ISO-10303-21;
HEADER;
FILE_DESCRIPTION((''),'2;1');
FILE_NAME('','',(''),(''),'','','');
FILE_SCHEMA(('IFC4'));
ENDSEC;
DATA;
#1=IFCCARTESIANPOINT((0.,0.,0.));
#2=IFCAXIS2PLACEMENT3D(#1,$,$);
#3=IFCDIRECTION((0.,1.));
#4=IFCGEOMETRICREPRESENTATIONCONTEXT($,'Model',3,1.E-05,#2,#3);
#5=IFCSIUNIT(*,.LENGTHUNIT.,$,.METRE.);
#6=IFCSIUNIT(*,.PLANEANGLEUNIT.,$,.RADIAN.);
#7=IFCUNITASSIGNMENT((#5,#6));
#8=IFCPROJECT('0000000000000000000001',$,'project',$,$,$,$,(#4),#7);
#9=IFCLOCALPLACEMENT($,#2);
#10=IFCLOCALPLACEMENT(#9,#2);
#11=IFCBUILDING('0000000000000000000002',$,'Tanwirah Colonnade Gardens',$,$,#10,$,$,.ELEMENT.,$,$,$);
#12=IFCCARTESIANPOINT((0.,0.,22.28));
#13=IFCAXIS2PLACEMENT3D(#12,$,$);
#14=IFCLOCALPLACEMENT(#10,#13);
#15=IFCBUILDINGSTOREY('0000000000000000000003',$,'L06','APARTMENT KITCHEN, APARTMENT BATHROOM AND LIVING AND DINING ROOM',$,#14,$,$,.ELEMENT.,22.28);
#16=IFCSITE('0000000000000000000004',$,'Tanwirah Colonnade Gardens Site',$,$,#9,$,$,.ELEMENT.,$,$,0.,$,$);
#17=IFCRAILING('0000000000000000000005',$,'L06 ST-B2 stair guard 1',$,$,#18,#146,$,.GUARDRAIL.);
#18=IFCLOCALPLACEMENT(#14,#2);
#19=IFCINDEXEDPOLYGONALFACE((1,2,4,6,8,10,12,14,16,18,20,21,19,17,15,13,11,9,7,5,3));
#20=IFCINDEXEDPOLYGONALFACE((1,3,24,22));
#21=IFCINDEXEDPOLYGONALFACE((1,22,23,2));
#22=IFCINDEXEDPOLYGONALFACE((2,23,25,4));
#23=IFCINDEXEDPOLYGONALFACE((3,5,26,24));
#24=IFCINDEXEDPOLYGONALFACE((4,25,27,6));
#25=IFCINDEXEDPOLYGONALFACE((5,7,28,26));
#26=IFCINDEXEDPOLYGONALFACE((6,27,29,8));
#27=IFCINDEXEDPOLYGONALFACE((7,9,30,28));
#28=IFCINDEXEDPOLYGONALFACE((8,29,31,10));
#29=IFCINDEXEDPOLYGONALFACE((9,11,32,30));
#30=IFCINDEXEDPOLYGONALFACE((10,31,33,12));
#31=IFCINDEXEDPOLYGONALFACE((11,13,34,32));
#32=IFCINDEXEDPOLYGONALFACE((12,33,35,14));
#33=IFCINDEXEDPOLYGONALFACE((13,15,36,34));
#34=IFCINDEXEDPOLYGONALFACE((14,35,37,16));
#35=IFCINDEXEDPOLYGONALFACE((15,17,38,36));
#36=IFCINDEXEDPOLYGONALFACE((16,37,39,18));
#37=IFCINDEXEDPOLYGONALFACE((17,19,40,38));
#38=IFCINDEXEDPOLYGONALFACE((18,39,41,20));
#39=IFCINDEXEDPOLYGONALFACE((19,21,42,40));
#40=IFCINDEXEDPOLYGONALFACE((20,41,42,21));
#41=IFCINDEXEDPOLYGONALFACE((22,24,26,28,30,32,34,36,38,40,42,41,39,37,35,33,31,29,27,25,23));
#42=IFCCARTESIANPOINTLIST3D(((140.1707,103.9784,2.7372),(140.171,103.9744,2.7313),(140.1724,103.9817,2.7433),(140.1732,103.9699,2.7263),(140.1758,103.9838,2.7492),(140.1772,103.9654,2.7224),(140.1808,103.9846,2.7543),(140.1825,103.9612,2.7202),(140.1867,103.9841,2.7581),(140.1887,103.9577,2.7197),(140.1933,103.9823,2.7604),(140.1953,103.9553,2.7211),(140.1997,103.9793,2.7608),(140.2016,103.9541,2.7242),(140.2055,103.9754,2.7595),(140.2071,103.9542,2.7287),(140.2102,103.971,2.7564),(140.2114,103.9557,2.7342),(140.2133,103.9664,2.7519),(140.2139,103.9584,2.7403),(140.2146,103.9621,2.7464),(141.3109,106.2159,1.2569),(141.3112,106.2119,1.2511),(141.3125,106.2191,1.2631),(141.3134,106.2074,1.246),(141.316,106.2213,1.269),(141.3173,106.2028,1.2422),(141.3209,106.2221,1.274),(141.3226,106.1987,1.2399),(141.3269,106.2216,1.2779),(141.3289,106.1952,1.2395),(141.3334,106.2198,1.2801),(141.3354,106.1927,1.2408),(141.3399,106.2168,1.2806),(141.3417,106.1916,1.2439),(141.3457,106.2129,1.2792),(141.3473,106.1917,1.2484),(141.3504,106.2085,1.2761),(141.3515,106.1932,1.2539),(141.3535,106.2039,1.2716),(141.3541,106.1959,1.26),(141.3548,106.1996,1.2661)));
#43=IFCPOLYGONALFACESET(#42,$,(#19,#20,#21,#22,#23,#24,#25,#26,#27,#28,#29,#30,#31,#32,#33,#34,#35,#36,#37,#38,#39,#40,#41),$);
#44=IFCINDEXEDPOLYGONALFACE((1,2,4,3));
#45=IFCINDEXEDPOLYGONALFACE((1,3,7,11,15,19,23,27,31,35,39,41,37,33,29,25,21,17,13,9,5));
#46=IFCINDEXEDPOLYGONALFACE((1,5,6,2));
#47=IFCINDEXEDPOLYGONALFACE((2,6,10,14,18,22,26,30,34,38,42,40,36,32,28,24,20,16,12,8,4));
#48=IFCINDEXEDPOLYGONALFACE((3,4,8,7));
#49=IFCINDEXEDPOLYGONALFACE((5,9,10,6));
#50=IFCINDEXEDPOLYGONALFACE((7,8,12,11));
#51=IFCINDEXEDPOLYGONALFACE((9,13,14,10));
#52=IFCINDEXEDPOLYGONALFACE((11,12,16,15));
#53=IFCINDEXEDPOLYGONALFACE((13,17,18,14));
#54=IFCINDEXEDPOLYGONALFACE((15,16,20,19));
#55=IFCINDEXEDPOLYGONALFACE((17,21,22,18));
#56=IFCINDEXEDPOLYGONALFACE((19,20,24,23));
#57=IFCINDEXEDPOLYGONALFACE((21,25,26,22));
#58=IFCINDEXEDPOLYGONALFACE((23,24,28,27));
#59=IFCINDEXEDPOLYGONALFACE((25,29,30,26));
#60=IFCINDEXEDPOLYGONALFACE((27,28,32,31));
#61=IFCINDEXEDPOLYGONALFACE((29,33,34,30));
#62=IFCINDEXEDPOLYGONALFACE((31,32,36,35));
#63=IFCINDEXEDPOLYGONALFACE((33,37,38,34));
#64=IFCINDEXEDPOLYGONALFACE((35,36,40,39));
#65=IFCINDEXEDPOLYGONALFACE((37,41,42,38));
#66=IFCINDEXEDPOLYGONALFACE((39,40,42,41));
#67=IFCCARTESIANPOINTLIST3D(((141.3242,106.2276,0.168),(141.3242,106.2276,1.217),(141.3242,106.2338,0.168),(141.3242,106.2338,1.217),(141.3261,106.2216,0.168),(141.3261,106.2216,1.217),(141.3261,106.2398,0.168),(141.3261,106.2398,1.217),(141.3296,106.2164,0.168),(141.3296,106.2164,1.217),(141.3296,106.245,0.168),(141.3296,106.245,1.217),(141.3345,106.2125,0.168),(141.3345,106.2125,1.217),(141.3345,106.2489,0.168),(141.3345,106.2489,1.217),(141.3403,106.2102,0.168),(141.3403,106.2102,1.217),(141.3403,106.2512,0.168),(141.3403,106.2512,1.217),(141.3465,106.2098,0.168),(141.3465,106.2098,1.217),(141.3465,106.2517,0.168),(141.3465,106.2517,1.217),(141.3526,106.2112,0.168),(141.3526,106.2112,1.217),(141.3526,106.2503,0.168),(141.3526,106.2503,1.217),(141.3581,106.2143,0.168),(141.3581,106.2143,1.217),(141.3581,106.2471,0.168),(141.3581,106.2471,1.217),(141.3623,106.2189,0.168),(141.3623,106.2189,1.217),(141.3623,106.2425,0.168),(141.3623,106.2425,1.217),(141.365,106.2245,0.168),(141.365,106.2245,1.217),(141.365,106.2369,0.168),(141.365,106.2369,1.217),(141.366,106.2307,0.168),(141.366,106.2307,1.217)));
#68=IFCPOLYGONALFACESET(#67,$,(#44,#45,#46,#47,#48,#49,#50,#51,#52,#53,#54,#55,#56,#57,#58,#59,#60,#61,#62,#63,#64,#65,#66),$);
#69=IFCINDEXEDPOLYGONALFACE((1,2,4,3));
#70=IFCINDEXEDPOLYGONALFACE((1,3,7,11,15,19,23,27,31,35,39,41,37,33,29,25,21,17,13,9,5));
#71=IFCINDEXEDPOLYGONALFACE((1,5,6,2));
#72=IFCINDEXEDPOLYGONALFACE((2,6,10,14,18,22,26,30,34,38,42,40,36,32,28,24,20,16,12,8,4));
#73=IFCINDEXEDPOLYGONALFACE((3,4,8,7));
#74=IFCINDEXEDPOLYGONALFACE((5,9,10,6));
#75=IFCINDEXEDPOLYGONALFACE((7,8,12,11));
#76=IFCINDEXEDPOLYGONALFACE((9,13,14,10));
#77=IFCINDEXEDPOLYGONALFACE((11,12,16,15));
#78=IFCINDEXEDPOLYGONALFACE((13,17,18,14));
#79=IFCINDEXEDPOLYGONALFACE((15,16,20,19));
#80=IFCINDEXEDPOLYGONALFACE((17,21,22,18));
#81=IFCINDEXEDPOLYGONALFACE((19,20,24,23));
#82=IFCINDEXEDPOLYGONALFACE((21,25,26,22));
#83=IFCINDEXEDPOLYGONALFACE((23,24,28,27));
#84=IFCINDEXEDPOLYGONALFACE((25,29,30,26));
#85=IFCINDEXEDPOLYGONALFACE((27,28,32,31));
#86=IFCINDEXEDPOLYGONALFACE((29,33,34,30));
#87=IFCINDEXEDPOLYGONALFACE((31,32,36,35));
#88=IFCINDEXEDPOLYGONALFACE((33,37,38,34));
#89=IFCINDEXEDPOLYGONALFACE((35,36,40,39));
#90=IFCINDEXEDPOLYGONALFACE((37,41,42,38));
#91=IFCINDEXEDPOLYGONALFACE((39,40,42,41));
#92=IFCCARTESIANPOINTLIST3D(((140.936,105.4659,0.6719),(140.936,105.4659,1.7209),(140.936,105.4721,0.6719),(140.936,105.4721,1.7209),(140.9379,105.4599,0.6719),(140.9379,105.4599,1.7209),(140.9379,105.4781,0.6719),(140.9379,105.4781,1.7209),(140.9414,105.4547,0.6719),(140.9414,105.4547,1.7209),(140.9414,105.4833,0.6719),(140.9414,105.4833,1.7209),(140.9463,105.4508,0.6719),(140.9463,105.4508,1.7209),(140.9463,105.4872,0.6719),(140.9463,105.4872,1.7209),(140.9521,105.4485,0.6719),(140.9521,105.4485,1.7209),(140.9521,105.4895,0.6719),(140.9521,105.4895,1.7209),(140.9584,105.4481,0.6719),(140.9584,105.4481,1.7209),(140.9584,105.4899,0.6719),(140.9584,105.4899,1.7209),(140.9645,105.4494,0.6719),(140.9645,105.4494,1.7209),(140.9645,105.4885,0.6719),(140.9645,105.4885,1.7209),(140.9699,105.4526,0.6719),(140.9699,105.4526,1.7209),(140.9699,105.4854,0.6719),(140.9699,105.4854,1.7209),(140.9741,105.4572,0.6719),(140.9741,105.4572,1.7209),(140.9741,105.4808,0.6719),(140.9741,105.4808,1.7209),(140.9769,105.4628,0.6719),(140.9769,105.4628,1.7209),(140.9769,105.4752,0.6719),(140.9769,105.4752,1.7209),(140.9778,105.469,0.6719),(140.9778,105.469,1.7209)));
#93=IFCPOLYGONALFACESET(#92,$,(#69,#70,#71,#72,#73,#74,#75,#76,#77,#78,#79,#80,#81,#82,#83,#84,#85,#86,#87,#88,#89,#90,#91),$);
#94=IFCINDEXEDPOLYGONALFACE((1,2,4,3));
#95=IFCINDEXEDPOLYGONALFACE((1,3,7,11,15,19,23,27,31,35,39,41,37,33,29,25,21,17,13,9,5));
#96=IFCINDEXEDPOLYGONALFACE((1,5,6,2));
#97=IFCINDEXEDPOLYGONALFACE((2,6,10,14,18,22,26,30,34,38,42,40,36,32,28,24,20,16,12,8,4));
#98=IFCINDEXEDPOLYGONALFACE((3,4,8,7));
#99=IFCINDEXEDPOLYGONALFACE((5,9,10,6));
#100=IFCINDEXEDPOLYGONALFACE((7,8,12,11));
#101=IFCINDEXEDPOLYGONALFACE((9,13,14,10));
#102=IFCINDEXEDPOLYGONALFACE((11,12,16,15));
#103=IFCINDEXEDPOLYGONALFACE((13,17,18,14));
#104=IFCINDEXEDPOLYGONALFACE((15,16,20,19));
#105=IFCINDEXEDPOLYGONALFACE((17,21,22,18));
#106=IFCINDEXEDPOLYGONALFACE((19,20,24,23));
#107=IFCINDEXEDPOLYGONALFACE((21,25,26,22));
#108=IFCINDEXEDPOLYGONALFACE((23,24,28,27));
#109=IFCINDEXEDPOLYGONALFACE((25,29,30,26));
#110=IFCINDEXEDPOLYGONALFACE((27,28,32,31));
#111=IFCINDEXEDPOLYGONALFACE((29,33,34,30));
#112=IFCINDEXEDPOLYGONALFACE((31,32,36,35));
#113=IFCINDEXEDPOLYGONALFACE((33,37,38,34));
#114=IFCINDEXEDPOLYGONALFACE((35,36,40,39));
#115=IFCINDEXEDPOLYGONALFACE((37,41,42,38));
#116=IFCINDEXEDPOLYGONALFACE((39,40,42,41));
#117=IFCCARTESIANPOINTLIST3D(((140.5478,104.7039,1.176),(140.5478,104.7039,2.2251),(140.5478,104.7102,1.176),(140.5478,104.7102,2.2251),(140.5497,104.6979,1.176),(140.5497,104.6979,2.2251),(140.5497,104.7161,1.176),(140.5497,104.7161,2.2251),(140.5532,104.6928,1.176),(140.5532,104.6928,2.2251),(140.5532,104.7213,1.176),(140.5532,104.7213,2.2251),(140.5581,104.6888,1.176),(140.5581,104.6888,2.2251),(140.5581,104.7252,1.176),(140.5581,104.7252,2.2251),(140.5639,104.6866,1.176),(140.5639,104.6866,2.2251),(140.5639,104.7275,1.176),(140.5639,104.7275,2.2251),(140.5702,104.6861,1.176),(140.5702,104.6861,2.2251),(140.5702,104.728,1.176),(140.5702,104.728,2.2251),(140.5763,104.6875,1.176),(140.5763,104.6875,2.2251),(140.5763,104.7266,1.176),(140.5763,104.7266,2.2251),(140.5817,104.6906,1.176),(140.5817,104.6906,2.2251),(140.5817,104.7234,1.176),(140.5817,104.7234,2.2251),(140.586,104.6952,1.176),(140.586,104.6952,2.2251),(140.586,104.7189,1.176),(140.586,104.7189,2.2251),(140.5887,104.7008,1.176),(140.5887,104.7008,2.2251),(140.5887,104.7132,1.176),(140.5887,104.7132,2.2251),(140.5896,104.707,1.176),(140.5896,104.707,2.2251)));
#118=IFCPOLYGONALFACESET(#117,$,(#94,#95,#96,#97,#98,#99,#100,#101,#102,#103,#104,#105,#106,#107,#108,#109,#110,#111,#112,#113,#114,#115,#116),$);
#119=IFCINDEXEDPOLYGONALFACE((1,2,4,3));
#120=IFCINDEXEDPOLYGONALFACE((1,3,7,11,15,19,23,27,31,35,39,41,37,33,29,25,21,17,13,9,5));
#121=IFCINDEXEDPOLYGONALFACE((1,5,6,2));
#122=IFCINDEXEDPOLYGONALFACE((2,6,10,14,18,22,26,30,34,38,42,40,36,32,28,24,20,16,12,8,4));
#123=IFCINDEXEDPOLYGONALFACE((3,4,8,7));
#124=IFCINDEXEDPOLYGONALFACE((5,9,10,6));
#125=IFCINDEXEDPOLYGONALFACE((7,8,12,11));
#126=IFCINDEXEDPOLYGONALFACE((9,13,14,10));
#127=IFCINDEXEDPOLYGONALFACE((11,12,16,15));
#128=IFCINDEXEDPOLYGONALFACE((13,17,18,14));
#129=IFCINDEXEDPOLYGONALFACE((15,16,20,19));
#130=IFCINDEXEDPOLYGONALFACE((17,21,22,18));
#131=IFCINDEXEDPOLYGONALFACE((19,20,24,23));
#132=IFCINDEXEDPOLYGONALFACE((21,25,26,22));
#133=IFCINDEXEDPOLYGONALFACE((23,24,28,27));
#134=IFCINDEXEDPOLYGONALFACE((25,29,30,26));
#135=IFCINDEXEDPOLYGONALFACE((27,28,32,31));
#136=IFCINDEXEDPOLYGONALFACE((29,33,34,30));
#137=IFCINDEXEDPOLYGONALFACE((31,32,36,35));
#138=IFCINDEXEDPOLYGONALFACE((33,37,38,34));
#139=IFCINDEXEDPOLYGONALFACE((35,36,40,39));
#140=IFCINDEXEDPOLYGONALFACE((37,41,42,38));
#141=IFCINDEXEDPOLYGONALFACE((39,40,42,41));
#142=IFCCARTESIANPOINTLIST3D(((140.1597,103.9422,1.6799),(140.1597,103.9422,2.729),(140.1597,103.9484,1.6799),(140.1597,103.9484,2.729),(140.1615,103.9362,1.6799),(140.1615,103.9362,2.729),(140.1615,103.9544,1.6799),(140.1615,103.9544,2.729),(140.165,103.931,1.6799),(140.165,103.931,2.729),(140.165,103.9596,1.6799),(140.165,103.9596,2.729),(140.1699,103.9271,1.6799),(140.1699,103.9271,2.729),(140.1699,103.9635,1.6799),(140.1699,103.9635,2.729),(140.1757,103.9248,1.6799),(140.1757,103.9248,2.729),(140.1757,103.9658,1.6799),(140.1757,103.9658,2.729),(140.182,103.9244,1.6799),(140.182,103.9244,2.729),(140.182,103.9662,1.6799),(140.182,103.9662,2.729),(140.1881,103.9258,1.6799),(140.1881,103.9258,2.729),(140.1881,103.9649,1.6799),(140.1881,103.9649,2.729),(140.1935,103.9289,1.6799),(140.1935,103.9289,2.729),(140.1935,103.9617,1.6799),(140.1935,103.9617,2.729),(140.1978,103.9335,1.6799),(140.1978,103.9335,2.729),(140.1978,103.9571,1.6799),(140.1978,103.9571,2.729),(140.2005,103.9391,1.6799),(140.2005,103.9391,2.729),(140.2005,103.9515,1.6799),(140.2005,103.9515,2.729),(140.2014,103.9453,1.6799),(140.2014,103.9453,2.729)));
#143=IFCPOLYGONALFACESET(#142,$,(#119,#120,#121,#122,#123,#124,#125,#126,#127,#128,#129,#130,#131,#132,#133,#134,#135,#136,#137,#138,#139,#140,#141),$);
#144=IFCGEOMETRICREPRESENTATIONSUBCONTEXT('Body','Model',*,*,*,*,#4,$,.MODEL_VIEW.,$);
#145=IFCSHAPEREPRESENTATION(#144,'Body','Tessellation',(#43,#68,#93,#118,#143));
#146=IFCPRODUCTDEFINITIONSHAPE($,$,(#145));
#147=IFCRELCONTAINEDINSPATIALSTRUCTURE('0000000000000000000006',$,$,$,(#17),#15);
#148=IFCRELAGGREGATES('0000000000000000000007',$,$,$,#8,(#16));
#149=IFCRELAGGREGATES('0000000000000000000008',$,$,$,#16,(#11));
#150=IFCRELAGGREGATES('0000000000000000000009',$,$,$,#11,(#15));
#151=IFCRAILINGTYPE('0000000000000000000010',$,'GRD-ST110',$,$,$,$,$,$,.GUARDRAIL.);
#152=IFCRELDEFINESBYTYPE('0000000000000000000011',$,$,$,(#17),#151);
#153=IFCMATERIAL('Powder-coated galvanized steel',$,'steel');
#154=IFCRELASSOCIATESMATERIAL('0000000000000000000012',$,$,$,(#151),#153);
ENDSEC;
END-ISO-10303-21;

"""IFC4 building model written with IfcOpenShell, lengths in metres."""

from ifc_helpers import new_model, si_unit, direction, frame, origin, origin_2d, place, context, subcontext, project, spatial, circle, extrude, material, type_object, element, save


model = new_model("IFC4")

# Units and contexts
model_context = context("Model", 3, precision=1e-05, world=origin(), true_north=direction((0.0, 1.0)))
body_context = subcontext(model_context, "Body", "Model", "MODEL_VIEW")
ifc_project = project(units=[si_unit("LENGTHUNIT", "METRE"), si_unit("PLANEANGLEUNIT", "RADIAN")], contexts=[model_context])

# Site, building, storey
site_placement = place(None, origin())
site = spatial("IfcSite", under=ifc_project, at=site_placement, Name="Tanwirah Colonnade Gardens Site", CompositionType="ELEMENT", RefElevation=0.0)
building_placement = place(site_placement, origin())
building = spatial("IfcBuilding", under=site, at=building_placement, Name="Tanwirah Colonnade Gardens", CompositionType="ELEMENT")
storey_placement = place(building_placement, frame((0.0, 0.0, 22.28)))
storey = spatial("IfcBuildingStorey", under=building, at=storey_placement, Name="L06", Description="APARTMENT KITCHEN, APARTMENT BATHROOM AND LIVING AND DINING ROOM", CompositionType="ELEMENT", Elevation=22.28)

# Railing
ifc_material_1 = material(Name="Powder-coated galvanized steel", Category="steel")
railing_type_1 = type_object("IfcRailingType", Name="GRD-ST110", PredefinedType="GUARDRAIL", material=ifc_material_1)
railing_1_placement = place(storey_placement, frame((141.345, 106.2307, 0.168)))
element("IfcRailing", 1, at=railing_1_placement, inside=storey, type_object=railing_type_1, Name="L06 ST-B2 stair guard 1", PredefinedType="GUARDRAIL", context=body_context, shape_type="SweptSolid", body=[
    extrude(circle(Radius=0.0239, at=origin_2d()), frame((-0.0122, -0.0239, 1.092), z_axis=(-0.391122, -0.767567, 0.507803), x_axis=(0.890994, -0.454016, 0.0)), (0.0, 0.0, 1.0), 2.915),
    extrude(circle(Radius=0.021, at=origin_2d()), origin(), (0.0, 0.0, 1.0), 1.0491),
    extrude(circle(Radius=0.021, at=origin_2d()), frame((-0.3882, -0.7617, 0.5039)), (0.0, 0.0, 1.0), 1.0491),
    extrude(circle(Radius=0.021, at=origin_2d()), frame((-0.7764, -1.5237, 1.0081)), (0.0, 0.0, 1.0), 1.0491),
    extrude(circle(Radius=0.021, at=origin_2d()), frame((-1.1646, -2.2854, 1.512)), (0.0, 0.0, 1.0), 1.0491),
])

save(model, "model.ifc")
